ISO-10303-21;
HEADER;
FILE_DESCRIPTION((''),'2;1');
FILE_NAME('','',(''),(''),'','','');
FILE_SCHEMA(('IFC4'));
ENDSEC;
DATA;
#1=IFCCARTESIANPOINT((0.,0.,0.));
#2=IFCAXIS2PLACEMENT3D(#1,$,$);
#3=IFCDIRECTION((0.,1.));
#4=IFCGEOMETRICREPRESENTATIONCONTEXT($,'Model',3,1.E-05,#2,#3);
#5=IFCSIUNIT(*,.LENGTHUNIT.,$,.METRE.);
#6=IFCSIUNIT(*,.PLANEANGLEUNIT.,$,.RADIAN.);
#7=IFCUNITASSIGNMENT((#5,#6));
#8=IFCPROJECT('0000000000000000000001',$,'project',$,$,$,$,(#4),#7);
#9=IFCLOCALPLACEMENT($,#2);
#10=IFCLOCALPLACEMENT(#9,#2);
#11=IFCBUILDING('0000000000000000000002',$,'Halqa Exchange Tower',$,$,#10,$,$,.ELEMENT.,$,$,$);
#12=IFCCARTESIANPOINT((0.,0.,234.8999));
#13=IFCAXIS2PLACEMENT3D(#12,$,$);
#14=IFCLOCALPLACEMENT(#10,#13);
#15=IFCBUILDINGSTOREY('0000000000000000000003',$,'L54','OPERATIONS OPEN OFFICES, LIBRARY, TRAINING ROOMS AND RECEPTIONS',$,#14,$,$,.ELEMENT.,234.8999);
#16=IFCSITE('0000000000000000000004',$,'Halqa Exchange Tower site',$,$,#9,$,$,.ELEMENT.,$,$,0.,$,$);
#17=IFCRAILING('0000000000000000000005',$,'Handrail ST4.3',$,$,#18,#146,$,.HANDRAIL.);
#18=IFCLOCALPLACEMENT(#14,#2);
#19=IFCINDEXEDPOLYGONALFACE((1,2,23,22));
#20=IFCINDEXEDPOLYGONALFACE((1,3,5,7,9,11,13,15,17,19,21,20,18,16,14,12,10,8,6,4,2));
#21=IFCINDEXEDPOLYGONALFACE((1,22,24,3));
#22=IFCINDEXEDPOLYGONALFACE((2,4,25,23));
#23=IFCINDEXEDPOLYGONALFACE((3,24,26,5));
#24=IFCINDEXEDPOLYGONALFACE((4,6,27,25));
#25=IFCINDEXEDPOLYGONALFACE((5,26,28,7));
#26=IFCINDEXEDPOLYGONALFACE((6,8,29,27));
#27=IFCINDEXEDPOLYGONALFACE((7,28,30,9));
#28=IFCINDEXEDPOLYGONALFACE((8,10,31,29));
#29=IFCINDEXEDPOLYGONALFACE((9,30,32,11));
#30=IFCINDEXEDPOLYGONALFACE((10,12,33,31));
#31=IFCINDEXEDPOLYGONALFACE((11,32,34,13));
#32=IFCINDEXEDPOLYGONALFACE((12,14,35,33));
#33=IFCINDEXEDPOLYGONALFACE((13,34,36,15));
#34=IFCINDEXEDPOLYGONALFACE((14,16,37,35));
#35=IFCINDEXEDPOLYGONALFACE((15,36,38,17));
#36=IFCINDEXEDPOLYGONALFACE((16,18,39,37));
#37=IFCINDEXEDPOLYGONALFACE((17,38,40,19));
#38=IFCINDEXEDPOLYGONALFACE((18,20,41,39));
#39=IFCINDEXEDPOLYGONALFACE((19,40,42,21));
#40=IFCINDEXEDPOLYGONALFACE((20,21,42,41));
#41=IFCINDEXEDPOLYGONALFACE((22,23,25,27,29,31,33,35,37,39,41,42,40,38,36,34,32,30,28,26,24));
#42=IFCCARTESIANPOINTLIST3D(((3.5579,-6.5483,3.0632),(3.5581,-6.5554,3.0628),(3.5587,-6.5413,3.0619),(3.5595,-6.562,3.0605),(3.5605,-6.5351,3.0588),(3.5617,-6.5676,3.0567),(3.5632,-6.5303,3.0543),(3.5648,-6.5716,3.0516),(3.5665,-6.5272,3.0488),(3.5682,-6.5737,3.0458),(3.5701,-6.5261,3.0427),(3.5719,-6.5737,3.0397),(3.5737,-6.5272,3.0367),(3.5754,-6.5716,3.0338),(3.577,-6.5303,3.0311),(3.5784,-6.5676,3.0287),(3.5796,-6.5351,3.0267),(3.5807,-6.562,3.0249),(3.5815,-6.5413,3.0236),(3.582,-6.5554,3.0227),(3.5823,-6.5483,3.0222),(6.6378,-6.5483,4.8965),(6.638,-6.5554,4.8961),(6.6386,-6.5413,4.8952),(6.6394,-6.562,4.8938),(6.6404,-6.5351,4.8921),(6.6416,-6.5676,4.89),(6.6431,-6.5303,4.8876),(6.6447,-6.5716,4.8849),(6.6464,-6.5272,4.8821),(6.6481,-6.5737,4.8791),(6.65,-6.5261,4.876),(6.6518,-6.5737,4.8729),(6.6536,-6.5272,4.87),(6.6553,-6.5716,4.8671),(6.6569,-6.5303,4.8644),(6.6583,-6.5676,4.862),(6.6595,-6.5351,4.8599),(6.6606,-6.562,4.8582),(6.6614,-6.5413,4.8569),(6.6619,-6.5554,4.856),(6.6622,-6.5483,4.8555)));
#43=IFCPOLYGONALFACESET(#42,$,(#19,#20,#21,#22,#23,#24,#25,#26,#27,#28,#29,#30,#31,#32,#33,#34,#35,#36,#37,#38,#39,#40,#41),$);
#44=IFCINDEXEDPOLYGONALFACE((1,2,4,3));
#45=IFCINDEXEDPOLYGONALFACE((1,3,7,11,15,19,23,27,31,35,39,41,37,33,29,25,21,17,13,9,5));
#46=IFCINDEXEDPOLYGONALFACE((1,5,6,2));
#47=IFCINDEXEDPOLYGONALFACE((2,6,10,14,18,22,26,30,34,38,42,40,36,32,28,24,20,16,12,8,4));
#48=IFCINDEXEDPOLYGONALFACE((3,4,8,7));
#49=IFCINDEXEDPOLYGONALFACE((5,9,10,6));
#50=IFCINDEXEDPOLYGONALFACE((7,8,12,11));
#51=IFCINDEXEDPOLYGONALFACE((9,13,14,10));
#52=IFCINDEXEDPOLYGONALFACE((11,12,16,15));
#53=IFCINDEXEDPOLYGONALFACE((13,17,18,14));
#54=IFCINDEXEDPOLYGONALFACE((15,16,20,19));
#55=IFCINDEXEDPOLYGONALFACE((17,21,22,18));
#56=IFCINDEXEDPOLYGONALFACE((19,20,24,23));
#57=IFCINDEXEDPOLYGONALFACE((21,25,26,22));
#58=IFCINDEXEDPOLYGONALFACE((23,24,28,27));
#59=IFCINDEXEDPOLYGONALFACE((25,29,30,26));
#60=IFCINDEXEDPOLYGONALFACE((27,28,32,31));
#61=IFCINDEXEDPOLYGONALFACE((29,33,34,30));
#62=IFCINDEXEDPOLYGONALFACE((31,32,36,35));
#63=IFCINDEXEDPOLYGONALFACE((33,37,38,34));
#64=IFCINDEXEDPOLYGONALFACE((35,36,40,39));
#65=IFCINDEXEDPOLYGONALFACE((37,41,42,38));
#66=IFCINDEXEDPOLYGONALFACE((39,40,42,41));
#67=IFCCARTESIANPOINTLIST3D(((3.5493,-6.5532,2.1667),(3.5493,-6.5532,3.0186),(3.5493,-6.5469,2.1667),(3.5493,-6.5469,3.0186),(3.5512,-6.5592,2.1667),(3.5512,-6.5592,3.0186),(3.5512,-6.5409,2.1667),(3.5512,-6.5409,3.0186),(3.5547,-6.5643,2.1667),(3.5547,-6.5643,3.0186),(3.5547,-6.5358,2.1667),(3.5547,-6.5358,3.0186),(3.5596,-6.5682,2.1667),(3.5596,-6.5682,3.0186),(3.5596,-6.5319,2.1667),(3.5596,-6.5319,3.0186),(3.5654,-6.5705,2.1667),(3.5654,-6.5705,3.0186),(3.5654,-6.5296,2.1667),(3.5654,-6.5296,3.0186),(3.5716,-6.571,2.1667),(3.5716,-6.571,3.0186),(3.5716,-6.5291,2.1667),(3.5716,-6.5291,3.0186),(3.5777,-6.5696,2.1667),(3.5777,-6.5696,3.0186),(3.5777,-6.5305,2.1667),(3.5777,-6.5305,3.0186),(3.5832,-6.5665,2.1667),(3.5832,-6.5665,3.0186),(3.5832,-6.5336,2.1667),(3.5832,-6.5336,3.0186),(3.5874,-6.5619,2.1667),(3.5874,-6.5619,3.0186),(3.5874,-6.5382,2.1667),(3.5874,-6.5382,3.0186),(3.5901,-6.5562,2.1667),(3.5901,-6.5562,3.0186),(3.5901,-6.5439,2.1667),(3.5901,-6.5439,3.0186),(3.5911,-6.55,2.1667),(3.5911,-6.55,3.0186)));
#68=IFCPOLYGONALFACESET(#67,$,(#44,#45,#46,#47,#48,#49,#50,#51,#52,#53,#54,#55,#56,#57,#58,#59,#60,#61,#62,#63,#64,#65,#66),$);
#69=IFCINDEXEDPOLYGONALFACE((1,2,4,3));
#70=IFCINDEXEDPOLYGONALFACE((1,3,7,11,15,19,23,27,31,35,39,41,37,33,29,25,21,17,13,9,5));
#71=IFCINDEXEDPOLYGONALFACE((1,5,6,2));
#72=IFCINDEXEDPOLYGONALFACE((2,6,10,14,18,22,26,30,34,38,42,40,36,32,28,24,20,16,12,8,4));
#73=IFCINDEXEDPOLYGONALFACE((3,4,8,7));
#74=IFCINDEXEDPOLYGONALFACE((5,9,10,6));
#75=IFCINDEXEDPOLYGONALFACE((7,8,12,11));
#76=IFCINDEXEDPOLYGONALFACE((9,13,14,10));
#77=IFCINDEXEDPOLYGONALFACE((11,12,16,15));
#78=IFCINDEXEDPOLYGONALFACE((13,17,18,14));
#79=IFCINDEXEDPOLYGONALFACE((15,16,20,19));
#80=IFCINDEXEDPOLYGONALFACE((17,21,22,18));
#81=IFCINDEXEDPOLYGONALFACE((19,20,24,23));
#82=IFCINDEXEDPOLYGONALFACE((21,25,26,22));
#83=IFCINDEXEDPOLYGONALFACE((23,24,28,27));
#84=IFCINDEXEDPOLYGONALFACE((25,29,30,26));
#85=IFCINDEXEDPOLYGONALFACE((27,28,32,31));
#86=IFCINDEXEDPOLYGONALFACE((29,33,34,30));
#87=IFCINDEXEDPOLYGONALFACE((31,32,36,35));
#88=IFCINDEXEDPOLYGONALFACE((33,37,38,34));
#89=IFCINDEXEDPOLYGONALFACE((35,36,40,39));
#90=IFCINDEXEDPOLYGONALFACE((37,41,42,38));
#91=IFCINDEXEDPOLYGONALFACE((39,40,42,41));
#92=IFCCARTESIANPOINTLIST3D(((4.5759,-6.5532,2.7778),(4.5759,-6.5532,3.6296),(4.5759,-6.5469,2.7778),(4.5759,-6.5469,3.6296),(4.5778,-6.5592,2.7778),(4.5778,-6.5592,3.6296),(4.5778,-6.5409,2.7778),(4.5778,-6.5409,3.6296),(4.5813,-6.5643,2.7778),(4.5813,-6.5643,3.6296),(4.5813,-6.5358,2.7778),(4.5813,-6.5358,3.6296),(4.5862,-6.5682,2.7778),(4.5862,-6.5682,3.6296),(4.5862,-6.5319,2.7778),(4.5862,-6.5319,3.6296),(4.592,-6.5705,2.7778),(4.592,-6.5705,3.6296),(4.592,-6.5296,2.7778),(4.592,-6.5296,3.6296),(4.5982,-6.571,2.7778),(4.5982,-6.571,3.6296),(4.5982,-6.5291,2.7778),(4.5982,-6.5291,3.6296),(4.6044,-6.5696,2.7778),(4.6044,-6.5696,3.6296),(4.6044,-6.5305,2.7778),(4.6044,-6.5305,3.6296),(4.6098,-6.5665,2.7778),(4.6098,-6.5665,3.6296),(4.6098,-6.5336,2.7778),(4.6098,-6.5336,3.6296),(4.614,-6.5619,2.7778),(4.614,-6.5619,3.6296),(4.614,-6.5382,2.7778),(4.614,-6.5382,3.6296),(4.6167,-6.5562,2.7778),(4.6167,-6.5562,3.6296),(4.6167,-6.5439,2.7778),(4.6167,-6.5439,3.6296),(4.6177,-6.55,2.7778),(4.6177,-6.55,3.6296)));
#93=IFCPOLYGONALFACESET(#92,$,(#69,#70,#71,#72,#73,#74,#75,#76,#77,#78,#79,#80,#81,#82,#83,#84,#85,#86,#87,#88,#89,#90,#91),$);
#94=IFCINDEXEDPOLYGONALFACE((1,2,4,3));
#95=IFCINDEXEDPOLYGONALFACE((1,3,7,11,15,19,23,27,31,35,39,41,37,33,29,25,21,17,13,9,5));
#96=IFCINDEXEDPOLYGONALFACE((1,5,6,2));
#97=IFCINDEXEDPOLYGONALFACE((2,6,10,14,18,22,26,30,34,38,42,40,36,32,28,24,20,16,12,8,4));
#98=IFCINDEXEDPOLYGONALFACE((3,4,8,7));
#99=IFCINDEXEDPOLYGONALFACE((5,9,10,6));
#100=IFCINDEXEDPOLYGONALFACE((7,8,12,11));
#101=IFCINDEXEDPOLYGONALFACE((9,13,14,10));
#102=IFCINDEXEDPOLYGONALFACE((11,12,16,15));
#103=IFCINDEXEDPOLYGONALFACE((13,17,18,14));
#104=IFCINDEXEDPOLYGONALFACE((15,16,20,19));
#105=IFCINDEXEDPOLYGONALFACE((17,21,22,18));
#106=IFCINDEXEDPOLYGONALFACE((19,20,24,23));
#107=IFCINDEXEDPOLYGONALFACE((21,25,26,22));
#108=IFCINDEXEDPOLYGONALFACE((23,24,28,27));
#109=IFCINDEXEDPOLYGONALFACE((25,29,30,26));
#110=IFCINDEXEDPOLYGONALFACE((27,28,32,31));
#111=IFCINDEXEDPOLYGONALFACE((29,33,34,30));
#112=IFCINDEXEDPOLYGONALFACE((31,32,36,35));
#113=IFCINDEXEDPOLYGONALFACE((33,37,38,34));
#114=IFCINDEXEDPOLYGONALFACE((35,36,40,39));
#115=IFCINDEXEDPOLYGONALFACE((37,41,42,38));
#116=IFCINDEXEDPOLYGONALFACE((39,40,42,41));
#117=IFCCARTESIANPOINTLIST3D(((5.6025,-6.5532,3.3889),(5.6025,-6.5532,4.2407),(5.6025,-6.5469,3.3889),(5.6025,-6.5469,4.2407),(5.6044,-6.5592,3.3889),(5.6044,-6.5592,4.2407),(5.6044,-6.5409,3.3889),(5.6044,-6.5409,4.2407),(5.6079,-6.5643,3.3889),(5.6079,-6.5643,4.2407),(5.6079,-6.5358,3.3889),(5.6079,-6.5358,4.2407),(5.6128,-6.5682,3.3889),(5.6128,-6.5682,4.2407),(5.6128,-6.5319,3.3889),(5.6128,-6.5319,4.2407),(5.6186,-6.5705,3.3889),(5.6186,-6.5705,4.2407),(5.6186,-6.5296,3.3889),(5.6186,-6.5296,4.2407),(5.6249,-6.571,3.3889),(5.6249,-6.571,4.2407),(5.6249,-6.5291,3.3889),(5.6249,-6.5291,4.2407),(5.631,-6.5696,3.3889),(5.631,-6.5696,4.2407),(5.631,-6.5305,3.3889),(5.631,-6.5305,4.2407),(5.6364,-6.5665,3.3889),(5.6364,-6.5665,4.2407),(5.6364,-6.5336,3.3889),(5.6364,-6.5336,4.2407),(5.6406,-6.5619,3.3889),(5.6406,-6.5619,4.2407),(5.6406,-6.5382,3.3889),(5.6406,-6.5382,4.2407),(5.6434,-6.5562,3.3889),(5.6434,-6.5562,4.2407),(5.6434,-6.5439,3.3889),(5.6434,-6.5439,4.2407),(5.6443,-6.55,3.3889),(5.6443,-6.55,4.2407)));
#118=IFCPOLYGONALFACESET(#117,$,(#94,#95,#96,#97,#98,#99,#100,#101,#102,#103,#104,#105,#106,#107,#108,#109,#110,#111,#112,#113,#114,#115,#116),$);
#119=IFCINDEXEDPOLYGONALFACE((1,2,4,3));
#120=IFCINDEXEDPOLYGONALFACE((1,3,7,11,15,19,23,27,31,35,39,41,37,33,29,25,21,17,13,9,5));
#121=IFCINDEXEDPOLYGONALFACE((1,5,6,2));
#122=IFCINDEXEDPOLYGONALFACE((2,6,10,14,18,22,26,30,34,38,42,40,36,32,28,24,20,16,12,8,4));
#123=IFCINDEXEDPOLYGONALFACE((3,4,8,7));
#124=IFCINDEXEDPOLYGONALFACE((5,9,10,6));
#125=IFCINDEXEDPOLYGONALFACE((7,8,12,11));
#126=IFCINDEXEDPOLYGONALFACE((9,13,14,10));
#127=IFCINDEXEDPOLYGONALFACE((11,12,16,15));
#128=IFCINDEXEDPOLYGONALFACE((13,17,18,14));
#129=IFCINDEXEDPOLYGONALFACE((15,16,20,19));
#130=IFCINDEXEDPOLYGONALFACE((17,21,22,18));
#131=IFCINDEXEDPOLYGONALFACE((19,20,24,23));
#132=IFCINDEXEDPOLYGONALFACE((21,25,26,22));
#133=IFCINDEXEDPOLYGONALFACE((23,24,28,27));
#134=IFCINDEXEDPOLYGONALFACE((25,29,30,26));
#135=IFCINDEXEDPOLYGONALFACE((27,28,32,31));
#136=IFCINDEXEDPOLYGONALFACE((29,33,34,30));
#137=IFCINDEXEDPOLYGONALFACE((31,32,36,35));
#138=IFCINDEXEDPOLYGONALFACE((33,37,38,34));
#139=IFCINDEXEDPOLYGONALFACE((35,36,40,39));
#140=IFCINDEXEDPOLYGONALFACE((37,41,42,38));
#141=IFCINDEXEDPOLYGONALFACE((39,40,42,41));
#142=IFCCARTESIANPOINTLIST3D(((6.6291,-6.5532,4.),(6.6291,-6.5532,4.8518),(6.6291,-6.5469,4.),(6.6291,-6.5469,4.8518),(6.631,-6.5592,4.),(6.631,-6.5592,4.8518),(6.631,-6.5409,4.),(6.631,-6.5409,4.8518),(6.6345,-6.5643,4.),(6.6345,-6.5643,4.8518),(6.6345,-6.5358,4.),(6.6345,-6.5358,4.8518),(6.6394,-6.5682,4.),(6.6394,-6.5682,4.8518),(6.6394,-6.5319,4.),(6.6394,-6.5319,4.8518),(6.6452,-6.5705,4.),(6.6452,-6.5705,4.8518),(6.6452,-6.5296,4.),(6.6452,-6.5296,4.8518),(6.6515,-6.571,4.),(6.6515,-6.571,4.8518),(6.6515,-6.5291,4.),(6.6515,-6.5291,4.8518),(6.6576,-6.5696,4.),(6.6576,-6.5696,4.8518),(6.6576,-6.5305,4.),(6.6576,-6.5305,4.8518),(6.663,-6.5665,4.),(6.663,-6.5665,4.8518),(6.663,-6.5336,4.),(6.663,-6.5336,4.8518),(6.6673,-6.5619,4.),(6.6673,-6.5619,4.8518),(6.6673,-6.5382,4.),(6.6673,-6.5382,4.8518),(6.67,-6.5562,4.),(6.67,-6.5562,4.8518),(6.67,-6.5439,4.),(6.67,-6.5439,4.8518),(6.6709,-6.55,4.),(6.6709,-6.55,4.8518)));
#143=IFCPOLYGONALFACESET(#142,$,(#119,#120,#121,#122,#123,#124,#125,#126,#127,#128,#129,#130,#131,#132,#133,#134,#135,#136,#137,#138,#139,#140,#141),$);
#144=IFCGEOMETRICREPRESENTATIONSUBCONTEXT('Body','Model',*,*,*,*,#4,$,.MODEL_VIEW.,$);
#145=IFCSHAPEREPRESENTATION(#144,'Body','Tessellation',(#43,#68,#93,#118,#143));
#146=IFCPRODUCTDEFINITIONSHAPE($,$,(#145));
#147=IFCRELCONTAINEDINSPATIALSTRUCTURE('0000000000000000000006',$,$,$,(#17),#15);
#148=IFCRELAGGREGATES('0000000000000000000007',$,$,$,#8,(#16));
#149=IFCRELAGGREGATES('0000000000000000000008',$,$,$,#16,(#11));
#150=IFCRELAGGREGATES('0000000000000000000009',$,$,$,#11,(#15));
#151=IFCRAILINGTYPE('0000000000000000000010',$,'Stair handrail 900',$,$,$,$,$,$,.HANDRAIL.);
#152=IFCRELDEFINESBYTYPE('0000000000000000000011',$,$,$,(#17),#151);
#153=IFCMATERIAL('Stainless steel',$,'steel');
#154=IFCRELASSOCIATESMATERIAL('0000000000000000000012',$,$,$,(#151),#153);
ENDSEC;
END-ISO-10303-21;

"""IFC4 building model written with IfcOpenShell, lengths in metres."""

from ifc_helpers import new_model, si_unit, direction, frame, origin, origin_2d, place, context, subcontext, project, spatial, circle, extrude, material, type_object, element, save


model = new_model("IFC4")

# Units and contexts
model_context = context("Model", 3, precision=1e-05, world=origin(), true_north=direction((0.0, 1.0)))
body_context = subcontext(model_context, "Body", "Model", "MODEL_VIEW")
ifc_project = project(units=[si_unit("LENGTHUNIT", "METRE"), si_unit("PLANEANGLEUNIT", "RADIAN")], contexts=[model_context])

# Site, building, storey
site_placement = place(None, origin())
site = spatial("IfcSite", under=ifc_project, at=site_placement, Name="Halqa Exchange Tower site", CompositionType="ELEMENT", RefElevation=0.0)
building_placement = place(site_placement, origin())
building = spatial("IfcBuilding", under=site, at=building_placement, Name="Halqa Exchange Tower", CompositionType="ELEMENT")
storey_placement = place(building_placement, frame((0.0, 0.0, 234.8999)))
storey = spatial("IfcBuildingStorey", under=building, at=storey_placement, Name="L54", Description="OPERATIONS OPEN OFFICES, LIBRARY, TRAINING ROOMS AND RECEPTIONS", CompositionType="ELEMENT", Elevation=234.8999)

# Railing
ifc_material_1 = material(Name="Stainless steel", Category="steel")
railing_type_1 = type_object("IfcRailingType", Name="Stair handrail 900", PredefinedType="HANDRAIL", material=ifc_material_1)
railing_1_placement = place(storey_placement, frame((3.5701, -6.55, 2.1667)))
element("IfcRailing", 1, at=railing_1_placement, inside=storey, type_object=railing_type_1, Name="Handrail ST4.3", PredefinedType="HANDRAIL", context=body_context, shape_type="SweptSolid", body=[
    extrude(circle(Radius=0.0239, at=origin_2d()), frame((0.0, 0.0, 0.876), z_axis=(0.859291, 0.0, 0.511487), x_axis=(0.0, 1.0, 0.0)), (0.0, 0.0, 1.0), 3.5842),
    extrude(circle(Radius=0.021, at=origin_2d()), origin(), (0.0, 0.0, 1.0), 0.8518),
    extrude(circle(Radius=0.021, at=origin_2d()), frame((1.0266, 0.0, 0.6111)), (0.0, 0.0, 1.0), 0.8518),
    extrude(circle(Radius=0.021, at=origin_2d()), frame((2.0532, 0.0, 1.2222)), (0.0, 0.0, 1.0), 0.8518),
    extrude(circle(Radius=0.021, at=origin_2d()), frame((3.0798, 0.0, 1.8333)), (0.0, 0.0, 1.0), 0.8518),
])

save(model, "model.ifc")
